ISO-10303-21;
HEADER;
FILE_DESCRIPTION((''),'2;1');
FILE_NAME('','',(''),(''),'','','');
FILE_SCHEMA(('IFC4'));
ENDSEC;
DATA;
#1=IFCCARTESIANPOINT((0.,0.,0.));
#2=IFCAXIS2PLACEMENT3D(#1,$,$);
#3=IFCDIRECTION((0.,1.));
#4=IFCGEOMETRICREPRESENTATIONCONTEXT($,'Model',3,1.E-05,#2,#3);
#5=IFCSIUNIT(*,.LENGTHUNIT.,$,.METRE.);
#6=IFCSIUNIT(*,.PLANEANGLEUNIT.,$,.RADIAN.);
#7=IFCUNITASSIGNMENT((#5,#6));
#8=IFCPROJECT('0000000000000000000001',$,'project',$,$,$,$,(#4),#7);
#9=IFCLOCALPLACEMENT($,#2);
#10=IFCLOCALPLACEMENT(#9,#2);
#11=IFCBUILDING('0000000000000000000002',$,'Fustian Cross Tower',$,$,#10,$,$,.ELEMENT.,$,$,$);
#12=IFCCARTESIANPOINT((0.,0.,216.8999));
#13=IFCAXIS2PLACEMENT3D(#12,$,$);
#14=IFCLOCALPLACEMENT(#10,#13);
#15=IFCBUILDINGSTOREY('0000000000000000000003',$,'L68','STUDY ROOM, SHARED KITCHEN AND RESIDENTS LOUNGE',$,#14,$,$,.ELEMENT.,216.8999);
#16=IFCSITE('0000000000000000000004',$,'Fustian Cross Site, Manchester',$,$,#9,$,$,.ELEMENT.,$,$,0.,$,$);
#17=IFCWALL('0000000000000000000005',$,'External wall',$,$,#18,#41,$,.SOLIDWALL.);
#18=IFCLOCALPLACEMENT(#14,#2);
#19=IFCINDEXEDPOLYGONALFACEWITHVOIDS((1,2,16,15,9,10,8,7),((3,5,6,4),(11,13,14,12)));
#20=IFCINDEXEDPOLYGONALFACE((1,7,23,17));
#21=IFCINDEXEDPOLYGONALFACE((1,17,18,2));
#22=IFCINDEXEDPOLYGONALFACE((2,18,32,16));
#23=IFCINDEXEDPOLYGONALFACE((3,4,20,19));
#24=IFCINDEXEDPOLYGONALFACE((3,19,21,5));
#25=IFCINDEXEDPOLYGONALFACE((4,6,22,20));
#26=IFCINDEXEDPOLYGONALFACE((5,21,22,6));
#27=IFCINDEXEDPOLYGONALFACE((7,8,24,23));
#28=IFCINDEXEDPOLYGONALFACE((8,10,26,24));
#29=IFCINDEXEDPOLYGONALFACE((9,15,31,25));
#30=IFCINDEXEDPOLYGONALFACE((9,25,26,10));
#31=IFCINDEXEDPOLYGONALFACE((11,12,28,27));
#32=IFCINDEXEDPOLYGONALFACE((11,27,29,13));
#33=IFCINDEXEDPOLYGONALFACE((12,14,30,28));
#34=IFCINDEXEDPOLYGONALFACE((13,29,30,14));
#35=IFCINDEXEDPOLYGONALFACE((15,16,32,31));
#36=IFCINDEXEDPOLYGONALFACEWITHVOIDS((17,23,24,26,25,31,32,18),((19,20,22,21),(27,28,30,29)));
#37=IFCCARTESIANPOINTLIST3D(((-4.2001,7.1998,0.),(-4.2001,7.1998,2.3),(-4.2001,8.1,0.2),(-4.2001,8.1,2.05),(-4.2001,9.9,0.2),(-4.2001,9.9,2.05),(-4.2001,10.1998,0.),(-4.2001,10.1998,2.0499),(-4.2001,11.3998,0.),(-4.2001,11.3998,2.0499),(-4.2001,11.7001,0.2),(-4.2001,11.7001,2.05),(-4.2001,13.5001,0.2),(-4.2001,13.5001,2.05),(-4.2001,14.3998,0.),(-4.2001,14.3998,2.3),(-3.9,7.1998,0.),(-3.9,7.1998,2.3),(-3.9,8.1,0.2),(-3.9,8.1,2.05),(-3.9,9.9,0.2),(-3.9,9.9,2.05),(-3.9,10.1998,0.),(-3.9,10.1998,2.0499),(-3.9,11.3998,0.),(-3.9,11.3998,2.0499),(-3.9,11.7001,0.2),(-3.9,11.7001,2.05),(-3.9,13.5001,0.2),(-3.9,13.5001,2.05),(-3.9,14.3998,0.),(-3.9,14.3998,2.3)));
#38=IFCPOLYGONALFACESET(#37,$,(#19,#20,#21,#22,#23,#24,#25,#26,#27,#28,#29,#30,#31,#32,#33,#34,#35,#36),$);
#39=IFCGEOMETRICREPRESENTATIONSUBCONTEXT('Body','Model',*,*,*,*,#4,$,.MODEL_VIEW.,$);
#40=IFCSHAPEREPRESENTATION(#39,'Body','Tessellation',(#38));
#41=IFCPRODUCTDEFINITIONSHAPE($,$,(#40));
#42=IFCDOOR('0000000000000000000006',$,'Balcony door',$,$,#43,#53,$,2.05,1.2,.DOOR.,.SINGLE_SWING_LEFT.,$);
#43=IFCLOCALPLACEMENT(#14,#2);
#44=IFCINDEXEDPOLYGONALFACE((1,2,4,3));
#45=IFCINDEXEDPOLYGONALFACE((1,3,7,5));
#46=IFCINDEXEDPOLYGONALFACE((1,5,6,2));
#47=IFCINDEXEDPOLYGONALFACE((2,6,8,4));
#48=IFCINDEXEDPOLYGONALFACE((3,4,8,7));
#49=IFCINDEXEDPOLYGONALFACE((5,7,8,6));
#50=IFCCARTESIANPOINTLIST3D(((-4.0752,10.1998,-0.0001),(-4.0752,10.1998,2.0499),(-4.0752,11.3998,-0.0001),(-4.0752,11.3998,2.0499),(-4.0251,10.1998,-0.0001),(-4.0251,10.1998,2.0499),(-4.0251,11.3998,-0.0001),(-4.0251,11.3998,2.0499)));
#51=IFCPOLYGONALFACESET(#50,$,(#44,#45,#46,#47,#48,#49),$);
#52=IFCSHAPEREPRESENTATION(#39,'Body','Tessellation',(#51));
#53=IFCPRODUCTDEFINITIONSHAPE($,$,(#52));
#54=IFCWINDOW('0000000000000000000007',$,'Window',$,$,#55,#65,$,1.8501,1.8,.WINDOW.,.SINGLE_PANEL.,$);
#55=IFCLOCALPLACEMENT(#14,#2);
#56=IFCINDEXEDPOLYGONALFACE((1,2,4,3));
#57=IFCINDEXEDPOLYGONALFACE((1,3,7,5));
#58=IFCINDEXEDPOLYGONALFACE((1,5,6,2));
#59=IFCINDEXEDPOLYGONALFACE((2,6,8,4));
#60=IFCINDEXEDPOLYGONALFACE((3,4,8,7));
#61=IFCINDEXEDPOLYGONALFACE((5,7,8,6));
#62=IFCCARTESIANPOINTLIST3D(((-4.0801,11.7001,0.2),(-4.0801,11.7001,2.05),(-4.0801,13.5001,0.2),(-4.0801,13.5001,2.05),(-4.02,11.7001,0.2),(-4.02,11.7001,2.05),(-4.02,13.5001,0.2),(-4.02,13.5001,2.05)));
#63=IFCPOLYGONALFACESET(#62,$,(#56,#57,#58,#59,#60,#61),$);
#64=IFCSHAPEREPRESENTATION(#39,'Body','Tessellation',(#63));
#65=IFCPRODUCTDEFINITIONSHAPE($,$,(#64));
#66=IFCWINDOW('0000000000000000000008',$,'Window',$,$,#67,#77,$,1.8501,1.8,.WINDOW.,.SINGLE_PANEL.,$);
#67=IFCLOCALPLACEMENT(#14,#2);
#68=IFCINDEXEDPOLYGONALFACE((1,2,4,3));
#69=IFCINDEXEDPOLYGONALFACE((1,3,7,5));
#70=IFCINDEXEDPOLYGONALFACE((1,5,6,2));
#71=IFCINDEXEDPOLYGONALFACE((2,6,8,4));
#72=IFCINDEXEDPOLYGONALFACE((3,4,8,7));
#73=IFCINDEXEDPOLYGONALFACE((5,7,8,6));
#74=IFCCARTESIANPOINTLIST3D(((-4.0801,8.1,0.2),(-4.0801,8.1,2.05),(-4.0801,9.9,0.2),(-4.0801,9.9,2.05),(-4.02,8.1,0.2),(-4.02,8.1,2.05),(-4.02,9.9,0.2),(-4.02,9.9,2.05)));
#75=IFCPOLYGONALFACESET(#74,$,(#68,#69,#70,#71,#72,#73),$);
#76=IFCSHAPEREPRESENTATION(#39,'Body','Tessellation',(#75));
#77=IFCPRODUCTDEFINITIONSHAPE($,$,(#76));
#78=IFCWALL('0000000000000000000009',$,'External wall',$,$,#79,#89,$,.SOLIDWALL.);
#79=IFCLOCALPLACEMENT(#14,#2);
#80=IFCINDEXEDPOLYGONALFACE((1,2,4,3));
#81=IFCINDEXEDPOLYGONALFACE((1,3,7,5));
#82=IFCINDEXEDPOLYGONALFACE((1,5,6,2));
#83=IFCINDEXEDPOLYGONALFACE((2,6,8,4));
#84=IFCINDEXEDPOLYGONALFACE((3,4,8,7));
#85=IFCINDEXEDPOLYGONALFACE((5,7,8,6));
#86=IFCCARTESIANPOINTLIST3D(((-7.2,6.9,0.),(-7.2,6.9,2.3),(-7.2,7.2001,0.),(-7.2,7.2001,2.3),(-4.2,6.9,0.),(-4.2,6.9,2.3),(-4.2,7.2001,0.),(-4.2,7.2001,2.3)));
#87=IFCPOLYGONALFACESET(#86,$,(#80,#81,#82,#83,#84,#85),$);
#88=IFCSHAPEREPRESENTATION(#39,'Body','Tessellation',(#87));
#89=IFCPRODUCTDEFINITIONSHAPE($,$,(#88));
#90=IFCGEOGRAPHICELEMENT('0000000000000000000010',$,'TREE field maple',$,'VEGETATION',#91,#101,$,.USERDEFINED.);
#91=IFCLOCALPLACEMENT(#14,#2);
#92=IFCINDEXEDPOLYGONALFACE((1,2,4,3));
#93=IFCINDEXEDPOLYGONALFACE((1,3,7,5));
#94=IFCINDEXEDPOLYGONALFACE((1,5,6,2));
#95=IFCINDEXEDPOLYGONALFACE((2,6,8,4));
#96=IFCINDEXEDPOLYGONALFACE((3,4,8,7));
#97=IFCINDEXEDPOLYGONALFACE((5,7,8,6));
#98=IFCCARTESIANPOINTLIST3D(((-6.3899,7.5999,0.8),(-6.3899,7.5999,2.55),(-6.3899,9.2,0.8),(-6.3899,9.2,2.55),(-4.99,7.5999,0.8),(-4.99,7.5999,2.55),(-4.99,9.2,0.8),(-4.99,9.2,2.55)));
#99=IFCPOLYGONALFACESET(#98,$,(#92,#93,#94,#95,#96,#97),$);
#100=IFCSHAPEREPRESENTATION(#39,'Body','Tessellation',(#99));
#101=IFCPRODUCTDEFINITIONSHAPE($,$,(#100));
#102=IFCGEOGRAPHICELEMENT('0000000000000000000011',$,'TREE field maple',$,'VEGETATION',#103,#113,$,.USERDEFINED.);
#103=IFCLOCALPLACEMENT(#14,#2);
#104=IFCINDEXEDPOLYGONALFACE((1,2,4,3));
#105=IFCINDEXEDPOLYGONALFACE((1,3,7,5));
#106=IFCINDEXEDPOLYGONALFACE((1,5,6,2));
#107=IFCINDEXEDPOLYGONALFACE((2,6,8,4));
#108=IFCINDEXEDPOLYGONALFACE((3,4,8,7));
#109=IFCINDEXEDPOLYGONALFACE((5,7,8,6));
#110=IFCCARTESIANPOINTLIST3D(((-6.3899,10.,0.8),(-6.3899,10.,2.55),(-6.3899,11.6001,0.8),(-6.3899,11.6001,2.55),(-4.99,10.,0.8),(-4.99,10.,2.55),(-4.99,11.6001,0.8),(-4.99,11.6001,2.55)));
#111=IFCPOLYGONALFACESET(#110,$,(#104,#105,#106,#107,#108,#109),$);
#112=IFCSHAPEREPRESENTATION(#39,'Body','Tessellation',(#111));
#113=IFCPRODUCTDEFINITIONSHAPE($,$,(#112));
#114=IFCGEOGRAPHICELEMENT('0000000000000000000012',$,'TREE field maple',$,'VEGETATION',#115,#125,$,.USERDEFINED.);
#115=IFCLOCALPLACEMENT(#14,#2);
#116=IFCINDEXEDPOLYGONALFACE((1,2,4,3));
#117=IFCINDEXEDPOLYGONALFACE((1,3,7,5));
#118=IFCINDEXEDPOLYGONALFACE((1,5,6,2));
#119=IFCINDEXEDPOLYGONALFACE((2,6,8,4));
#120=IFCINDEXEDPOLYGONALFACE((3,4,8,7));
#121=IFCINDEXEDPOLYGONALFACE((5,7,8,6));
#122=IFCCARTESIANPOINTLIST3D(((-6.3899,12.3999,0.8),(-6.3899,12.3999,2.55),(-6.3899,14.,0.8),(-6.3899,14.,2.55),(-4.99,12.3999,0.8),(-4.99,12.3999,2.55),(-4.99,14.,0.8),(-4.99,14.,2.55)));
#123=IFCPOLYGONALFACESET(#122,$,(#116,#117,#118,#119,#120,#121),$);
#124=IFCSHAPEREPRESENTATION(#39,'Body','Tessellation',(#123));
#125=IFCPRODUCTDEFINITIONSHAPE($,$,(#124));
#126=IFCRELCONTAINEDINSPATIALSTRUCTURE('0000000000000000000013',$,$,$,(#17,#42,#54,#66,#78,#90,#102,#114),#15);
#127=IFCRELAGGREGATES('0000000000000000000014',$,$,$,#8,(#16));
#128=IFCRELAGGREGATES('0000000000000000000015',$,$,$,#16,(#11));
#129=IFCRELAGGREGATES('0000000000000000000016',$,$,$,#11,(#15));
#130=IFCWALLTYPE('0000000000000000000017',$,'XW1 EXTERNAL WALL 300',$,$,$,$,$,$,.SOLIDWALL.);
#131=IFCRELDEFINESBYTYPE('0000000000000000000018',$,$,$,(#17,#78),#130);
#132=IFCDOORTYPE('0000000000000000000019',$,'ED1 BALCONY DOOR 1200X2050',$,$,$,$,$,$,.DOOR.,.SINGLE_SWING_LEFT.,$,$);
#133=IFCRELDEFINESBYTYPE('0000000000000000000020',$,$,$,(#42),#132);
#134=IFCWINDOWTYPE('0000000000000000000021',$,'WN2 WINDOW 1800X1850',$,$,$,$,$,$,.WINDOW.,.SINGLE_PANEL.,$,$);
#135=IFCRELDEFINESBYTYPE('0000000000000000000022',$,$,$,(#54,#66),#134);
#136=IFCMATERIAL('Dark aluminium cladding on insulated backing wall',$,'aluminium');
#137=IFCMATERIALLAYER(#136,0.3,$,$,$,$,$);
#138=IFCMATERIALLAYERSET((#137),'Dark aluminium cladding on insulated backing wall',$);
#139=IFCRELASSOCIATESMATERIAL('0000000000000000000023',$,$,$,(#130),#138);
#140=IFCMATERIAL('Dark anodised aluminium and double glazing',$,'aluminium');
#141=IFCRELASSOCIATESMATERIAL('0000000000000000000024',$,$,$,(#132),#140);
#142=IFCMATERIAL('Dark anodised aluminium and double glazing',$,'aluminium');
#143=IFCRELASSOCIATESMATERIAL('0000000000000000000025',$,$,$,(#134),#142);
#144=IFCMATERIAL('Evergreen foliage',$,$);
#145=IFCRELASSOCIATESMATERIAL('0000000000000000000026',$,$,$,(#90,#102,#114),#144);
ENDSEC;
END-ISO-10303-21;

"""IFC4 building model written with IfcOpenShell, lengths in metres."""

from ifc_helpers import new_model, si_unit, direction, frame, frame_2d, origin, origin_2d, place, context, subcontext, project, spatial, rectangle, extrude, material, layer, layer_set, type_object, element, fill, save


model = new_model("IFC4")

# Units and contexts
model_context = context("Model", 3, precision=1e-05, world=origin(), true_north=direction((0.0, 1.0)))
body_context = subcontext(model_context, "Body", "Model", "MODEL_VIEW")
ifc_project = project(units=[si_unit("LENGTHUNIT", "METRE"), si_unit("PLANEANGLEUNIT", "RADIAN")], contexts=[model_context])

# Site, building, storey
site_placement = place(None, origin())
site = spatial("IfcSite", under=ifc_project, at=site_placement, Name="Fustian Cross Site, Manchester", CompositionType="ELEMENT", RefElevation=0.0)
building_placement = place(site_placement, origin())
building = spatial("IfcBuilding", under=site, at=building_placement, Name="Fustian Cross Tower", CompositionType="ELEMENT")
storey_placement = place(building_placement, frame((0.0, 0.0, 216.8999)))
storey = spatial("IfcBuildingStorey", under=building, at=storey_placement, Name="L68", Description="STUDY ROOM, SHARED KITCHEN AND RESIDENTS LOUNGE", CompositionType="ELEMENT", Elevation=216.8999)

# Wall, openings, door, windows
ifc_material_1 = material(Name="Dark aluminium cladding on insulated backing wall", Category="aluminium")
ifc_layer_1 = layer(ifc_material_1, 0.3)
ifc_layer_set_1 = layer_set([ifc_layer_1], Name="Dark aluminium cladding on insulated backing wall")
wall_type_1 = type_object("IfcWallType", Name="XW1 EXTERNAL WALL 300", PredefinedType="SOLIDWALL", material=ifc_layer_set_1)
wall_1_placement = place(storey_placement, frame((-4.05, 14.3999, 0.0), z_axis=(0.0, 0.0, 1.0), x_axis=(0.0, -1.0, 0.0)))
wall_1 = element("IfcWall", 1, at=wall_1_placement, inside=storey, type_object=wall_type_1, Name="External wall", PredefinedType="SOLIDWALL", context=body_context, shape_type="SweptSolid", body=[
    extrude(rectangle(XDim=7.2, YDim=0.3, at=frame_2d((3.6001, 0.0))), origin(), (0.0, 0.0, 1.0), 2.3),
])
opening_1_placement = place(wall_1_placement, frame((3.0, 0.0, 0.0)))
opening_1 = element("IfcOpeningElement", 2, at=opening_1_placement, cuts=wall_1, PredefinedType="OPENING", context=body_context, shape_type="SweptSolid", body=[
    extrude(rectangle(XDim=1.2, YDim=2.05, at=frame_2d((0.6001, 1.0249))), frame((0.0, 0.1599, 0.0), z_axis=(0.0, -1.0, 0.0), x_axis=(1.0, 0.0, 0.0)), (0.0, 0.0, 1.0), 0.3201),
])
opening_2_placement = place(wall_1_placement, frame((0.8999, 0.0, 0.2)))
opening_2 = element("IfcOpeningElement", 3, at=opening_2_placement, cuts=wall_1, PredefinedType="OPENING", context=body_context, shape_type="SweptSolid", body=[
    extrude(rectangle(XDim=1.8, YDim=1.8501, at=frame_2d((0.8999, 0.925))), frame((0.0, 0.1599, 0.0), z_axis=(0.0, -1.0, 0.0), x_axis=(1.0, 0.0, 0.0)), (0.0, 0.0, 1.0), 0.3201),
])
opening_3_placement = place(wall_1_placement, frame((4.5, 0.0, 0.2)))
opening_3 = element("IfcOpeningElement", 4, at=opening_3_placement, cuts=wall_1, PredefinedType="OPENING", context=body_context, shape_type="SweptSolid", body=[
    extrude(rectangle(XDim=1.8, YDim=1.8501, at=frame_2d((0.8999, 0.925))), frame((0.0, 0.1599, 0.0), z_axis=(0.0, -1.0, 0.0), x_axis=(1.0, 0.0, 0.0)), (0.0, 0.0, 1.0), 0.3201),
])
ifc_material_2 = material(Name="Dark anodised aluminium and double glazing", Category="aluminium")
door_type_1 = type_object("IfcDoorType", Name="ED1 BALCONY DOOR 1200X2050", OperationType="SINGLE_SWING_LEFT", PredefinedType="DOOR", material=ifc_material_2)
door_1_placement = place(opening_1_placement, origin())
door_1 = element("IfcDoor", 5, at=door_1_placement, inside=storey, type_object=door_type_1, Name="Balcony door", OperationType="SINGLE_SWING_LEFT", OverallHeight=2.05, OverallWidth=1.2, PredefinedType="DOOR", context=body_context, shape_type="SweptSolid", body=[
    extrude(rectangle(XDim=1.2, YDim=2.05, at=frame_2d((0.6001, 1.0249))), frame((0.0, 0.0249, 0.0), z_axis=(0.0, -1.0, 0.0), x_axis=(1.0, 0.0, 0.0)), (0.0, 0.0, 1.0), 0.05),
])
fill(opening_1, door_1)
ifc_material_3 = material(Name="Dark anodised aluminium and double glazing", Category="aluminium")
window_type = type_object("IfcWindowType", Name="WN2 WINDOW 1800X1850", PartitioningType="SINGLE_PANEL", PredefinedType="WINDOW", material=ifc_material_3)
window_1_placement = place(opening_2_placement, origin())
window_1 = element("IfcWindow", 6, at=window_1_placement, inside=storey, type_object=window_type, Name="Window", OverallHeight=1.8501, OverallWidth=1.8, PartitioningType="SINGLE_PANEL", PredefinedType="WINDOW", context=body_context, shape_type="SweptSolid", body=[
    extrude(rectangle(XDim=1.8, YDim=1.8501, at=frame_2d((0.8999, 0.925))), frame((0.0, 0.03, 0.0), z_axis=(0.0, -1.0, 0.0), x_axis=(1.0, 0.0, 0.0)), (0.0, 0.0, 1.0), 0.0601),
])
fill(opening_2, window_1)
window_2_placement = place(opening_3_placement, origin())
window_2 = element("IfcWindow", 7, at=window_2_placement, inside=storey, type_object=window_type, Name="Window", OverallHeight=1.8501, OverallWidth=1.8, PartitioningType="SINGLE_PANEL", PredefinedType="WINDOW", context=body_context, shape_type="SweptSolid", body=[
    extrude(rectangle(XDim=1.8, YDim=1.8501, at=frame_2d((0.8999, 0.925))), frame((0.0, 0.03, 0.0), z_axis=(0.0, -1.0, 0.0), x_axis=(1.0, 0.0, 0.0)), (0.0, 0.0, 1.0), 0.0601),
])
fill(opening_3, window_2)

# Wall
wall_2_placement = place(storey_placement, frame((-4.2, 7.05, 0.0), z_axis=(0.0, 0.0, 1.0), x_axis=(-1.0, 0.0, 0.0)))
element("IfcWall", 8, at=wall_2_placement, inside=storey, type_object=wall_type_1, Name="External wall", PredefinedType="SOLIDWALL", context=body_context, shape_type="SweptSolid", body=[
    extrude(rectangle(XDim=3.0, YDim=0.3, at=frame_2d((1.5, 0.0))), origin(), (0.0, 0.0, 1.0), 2.3),
])

# Geographic elements
ifc_material_4 = material(Name="Evergreen foliage")
for number, where, z_axis, x_axis, name in (
    (9, (-5.6899, 8.3999, 0.8), (0.0, 0.0, 1.0), (1.0, 0.0, 0.0), "TREE field maple"),
    (10, (-5.6899, 10.8, 0.8), (0.0, 0.0, 1.0), (1.0, 0.0, 0.0), "TREE field maple"),
    (11, (-5.6899, 13.2, 0.8), (0.0, 0.0, 1.0), (1.0, 0.0, 0.0), "TREE field maple"),
):
    element("IfcGeographicElement", number, at=place(storey_placement, frame(where, z_axis=z_axis, x_axis=x_axis)), inside=storey, material=ifc_material_4, Name=name, ObjectType="VEGETATION", PredefinedType="USERDEFINED", context=body_context, shape_type="SweptSolid", body=[
        extrude(rectangle(XDim=1.3999, YDim=1.6001, at=origin_2d()), origin(), (0.0, 0.0, 1.0), 1.75),
    ])

save(model, "model.ifc")
